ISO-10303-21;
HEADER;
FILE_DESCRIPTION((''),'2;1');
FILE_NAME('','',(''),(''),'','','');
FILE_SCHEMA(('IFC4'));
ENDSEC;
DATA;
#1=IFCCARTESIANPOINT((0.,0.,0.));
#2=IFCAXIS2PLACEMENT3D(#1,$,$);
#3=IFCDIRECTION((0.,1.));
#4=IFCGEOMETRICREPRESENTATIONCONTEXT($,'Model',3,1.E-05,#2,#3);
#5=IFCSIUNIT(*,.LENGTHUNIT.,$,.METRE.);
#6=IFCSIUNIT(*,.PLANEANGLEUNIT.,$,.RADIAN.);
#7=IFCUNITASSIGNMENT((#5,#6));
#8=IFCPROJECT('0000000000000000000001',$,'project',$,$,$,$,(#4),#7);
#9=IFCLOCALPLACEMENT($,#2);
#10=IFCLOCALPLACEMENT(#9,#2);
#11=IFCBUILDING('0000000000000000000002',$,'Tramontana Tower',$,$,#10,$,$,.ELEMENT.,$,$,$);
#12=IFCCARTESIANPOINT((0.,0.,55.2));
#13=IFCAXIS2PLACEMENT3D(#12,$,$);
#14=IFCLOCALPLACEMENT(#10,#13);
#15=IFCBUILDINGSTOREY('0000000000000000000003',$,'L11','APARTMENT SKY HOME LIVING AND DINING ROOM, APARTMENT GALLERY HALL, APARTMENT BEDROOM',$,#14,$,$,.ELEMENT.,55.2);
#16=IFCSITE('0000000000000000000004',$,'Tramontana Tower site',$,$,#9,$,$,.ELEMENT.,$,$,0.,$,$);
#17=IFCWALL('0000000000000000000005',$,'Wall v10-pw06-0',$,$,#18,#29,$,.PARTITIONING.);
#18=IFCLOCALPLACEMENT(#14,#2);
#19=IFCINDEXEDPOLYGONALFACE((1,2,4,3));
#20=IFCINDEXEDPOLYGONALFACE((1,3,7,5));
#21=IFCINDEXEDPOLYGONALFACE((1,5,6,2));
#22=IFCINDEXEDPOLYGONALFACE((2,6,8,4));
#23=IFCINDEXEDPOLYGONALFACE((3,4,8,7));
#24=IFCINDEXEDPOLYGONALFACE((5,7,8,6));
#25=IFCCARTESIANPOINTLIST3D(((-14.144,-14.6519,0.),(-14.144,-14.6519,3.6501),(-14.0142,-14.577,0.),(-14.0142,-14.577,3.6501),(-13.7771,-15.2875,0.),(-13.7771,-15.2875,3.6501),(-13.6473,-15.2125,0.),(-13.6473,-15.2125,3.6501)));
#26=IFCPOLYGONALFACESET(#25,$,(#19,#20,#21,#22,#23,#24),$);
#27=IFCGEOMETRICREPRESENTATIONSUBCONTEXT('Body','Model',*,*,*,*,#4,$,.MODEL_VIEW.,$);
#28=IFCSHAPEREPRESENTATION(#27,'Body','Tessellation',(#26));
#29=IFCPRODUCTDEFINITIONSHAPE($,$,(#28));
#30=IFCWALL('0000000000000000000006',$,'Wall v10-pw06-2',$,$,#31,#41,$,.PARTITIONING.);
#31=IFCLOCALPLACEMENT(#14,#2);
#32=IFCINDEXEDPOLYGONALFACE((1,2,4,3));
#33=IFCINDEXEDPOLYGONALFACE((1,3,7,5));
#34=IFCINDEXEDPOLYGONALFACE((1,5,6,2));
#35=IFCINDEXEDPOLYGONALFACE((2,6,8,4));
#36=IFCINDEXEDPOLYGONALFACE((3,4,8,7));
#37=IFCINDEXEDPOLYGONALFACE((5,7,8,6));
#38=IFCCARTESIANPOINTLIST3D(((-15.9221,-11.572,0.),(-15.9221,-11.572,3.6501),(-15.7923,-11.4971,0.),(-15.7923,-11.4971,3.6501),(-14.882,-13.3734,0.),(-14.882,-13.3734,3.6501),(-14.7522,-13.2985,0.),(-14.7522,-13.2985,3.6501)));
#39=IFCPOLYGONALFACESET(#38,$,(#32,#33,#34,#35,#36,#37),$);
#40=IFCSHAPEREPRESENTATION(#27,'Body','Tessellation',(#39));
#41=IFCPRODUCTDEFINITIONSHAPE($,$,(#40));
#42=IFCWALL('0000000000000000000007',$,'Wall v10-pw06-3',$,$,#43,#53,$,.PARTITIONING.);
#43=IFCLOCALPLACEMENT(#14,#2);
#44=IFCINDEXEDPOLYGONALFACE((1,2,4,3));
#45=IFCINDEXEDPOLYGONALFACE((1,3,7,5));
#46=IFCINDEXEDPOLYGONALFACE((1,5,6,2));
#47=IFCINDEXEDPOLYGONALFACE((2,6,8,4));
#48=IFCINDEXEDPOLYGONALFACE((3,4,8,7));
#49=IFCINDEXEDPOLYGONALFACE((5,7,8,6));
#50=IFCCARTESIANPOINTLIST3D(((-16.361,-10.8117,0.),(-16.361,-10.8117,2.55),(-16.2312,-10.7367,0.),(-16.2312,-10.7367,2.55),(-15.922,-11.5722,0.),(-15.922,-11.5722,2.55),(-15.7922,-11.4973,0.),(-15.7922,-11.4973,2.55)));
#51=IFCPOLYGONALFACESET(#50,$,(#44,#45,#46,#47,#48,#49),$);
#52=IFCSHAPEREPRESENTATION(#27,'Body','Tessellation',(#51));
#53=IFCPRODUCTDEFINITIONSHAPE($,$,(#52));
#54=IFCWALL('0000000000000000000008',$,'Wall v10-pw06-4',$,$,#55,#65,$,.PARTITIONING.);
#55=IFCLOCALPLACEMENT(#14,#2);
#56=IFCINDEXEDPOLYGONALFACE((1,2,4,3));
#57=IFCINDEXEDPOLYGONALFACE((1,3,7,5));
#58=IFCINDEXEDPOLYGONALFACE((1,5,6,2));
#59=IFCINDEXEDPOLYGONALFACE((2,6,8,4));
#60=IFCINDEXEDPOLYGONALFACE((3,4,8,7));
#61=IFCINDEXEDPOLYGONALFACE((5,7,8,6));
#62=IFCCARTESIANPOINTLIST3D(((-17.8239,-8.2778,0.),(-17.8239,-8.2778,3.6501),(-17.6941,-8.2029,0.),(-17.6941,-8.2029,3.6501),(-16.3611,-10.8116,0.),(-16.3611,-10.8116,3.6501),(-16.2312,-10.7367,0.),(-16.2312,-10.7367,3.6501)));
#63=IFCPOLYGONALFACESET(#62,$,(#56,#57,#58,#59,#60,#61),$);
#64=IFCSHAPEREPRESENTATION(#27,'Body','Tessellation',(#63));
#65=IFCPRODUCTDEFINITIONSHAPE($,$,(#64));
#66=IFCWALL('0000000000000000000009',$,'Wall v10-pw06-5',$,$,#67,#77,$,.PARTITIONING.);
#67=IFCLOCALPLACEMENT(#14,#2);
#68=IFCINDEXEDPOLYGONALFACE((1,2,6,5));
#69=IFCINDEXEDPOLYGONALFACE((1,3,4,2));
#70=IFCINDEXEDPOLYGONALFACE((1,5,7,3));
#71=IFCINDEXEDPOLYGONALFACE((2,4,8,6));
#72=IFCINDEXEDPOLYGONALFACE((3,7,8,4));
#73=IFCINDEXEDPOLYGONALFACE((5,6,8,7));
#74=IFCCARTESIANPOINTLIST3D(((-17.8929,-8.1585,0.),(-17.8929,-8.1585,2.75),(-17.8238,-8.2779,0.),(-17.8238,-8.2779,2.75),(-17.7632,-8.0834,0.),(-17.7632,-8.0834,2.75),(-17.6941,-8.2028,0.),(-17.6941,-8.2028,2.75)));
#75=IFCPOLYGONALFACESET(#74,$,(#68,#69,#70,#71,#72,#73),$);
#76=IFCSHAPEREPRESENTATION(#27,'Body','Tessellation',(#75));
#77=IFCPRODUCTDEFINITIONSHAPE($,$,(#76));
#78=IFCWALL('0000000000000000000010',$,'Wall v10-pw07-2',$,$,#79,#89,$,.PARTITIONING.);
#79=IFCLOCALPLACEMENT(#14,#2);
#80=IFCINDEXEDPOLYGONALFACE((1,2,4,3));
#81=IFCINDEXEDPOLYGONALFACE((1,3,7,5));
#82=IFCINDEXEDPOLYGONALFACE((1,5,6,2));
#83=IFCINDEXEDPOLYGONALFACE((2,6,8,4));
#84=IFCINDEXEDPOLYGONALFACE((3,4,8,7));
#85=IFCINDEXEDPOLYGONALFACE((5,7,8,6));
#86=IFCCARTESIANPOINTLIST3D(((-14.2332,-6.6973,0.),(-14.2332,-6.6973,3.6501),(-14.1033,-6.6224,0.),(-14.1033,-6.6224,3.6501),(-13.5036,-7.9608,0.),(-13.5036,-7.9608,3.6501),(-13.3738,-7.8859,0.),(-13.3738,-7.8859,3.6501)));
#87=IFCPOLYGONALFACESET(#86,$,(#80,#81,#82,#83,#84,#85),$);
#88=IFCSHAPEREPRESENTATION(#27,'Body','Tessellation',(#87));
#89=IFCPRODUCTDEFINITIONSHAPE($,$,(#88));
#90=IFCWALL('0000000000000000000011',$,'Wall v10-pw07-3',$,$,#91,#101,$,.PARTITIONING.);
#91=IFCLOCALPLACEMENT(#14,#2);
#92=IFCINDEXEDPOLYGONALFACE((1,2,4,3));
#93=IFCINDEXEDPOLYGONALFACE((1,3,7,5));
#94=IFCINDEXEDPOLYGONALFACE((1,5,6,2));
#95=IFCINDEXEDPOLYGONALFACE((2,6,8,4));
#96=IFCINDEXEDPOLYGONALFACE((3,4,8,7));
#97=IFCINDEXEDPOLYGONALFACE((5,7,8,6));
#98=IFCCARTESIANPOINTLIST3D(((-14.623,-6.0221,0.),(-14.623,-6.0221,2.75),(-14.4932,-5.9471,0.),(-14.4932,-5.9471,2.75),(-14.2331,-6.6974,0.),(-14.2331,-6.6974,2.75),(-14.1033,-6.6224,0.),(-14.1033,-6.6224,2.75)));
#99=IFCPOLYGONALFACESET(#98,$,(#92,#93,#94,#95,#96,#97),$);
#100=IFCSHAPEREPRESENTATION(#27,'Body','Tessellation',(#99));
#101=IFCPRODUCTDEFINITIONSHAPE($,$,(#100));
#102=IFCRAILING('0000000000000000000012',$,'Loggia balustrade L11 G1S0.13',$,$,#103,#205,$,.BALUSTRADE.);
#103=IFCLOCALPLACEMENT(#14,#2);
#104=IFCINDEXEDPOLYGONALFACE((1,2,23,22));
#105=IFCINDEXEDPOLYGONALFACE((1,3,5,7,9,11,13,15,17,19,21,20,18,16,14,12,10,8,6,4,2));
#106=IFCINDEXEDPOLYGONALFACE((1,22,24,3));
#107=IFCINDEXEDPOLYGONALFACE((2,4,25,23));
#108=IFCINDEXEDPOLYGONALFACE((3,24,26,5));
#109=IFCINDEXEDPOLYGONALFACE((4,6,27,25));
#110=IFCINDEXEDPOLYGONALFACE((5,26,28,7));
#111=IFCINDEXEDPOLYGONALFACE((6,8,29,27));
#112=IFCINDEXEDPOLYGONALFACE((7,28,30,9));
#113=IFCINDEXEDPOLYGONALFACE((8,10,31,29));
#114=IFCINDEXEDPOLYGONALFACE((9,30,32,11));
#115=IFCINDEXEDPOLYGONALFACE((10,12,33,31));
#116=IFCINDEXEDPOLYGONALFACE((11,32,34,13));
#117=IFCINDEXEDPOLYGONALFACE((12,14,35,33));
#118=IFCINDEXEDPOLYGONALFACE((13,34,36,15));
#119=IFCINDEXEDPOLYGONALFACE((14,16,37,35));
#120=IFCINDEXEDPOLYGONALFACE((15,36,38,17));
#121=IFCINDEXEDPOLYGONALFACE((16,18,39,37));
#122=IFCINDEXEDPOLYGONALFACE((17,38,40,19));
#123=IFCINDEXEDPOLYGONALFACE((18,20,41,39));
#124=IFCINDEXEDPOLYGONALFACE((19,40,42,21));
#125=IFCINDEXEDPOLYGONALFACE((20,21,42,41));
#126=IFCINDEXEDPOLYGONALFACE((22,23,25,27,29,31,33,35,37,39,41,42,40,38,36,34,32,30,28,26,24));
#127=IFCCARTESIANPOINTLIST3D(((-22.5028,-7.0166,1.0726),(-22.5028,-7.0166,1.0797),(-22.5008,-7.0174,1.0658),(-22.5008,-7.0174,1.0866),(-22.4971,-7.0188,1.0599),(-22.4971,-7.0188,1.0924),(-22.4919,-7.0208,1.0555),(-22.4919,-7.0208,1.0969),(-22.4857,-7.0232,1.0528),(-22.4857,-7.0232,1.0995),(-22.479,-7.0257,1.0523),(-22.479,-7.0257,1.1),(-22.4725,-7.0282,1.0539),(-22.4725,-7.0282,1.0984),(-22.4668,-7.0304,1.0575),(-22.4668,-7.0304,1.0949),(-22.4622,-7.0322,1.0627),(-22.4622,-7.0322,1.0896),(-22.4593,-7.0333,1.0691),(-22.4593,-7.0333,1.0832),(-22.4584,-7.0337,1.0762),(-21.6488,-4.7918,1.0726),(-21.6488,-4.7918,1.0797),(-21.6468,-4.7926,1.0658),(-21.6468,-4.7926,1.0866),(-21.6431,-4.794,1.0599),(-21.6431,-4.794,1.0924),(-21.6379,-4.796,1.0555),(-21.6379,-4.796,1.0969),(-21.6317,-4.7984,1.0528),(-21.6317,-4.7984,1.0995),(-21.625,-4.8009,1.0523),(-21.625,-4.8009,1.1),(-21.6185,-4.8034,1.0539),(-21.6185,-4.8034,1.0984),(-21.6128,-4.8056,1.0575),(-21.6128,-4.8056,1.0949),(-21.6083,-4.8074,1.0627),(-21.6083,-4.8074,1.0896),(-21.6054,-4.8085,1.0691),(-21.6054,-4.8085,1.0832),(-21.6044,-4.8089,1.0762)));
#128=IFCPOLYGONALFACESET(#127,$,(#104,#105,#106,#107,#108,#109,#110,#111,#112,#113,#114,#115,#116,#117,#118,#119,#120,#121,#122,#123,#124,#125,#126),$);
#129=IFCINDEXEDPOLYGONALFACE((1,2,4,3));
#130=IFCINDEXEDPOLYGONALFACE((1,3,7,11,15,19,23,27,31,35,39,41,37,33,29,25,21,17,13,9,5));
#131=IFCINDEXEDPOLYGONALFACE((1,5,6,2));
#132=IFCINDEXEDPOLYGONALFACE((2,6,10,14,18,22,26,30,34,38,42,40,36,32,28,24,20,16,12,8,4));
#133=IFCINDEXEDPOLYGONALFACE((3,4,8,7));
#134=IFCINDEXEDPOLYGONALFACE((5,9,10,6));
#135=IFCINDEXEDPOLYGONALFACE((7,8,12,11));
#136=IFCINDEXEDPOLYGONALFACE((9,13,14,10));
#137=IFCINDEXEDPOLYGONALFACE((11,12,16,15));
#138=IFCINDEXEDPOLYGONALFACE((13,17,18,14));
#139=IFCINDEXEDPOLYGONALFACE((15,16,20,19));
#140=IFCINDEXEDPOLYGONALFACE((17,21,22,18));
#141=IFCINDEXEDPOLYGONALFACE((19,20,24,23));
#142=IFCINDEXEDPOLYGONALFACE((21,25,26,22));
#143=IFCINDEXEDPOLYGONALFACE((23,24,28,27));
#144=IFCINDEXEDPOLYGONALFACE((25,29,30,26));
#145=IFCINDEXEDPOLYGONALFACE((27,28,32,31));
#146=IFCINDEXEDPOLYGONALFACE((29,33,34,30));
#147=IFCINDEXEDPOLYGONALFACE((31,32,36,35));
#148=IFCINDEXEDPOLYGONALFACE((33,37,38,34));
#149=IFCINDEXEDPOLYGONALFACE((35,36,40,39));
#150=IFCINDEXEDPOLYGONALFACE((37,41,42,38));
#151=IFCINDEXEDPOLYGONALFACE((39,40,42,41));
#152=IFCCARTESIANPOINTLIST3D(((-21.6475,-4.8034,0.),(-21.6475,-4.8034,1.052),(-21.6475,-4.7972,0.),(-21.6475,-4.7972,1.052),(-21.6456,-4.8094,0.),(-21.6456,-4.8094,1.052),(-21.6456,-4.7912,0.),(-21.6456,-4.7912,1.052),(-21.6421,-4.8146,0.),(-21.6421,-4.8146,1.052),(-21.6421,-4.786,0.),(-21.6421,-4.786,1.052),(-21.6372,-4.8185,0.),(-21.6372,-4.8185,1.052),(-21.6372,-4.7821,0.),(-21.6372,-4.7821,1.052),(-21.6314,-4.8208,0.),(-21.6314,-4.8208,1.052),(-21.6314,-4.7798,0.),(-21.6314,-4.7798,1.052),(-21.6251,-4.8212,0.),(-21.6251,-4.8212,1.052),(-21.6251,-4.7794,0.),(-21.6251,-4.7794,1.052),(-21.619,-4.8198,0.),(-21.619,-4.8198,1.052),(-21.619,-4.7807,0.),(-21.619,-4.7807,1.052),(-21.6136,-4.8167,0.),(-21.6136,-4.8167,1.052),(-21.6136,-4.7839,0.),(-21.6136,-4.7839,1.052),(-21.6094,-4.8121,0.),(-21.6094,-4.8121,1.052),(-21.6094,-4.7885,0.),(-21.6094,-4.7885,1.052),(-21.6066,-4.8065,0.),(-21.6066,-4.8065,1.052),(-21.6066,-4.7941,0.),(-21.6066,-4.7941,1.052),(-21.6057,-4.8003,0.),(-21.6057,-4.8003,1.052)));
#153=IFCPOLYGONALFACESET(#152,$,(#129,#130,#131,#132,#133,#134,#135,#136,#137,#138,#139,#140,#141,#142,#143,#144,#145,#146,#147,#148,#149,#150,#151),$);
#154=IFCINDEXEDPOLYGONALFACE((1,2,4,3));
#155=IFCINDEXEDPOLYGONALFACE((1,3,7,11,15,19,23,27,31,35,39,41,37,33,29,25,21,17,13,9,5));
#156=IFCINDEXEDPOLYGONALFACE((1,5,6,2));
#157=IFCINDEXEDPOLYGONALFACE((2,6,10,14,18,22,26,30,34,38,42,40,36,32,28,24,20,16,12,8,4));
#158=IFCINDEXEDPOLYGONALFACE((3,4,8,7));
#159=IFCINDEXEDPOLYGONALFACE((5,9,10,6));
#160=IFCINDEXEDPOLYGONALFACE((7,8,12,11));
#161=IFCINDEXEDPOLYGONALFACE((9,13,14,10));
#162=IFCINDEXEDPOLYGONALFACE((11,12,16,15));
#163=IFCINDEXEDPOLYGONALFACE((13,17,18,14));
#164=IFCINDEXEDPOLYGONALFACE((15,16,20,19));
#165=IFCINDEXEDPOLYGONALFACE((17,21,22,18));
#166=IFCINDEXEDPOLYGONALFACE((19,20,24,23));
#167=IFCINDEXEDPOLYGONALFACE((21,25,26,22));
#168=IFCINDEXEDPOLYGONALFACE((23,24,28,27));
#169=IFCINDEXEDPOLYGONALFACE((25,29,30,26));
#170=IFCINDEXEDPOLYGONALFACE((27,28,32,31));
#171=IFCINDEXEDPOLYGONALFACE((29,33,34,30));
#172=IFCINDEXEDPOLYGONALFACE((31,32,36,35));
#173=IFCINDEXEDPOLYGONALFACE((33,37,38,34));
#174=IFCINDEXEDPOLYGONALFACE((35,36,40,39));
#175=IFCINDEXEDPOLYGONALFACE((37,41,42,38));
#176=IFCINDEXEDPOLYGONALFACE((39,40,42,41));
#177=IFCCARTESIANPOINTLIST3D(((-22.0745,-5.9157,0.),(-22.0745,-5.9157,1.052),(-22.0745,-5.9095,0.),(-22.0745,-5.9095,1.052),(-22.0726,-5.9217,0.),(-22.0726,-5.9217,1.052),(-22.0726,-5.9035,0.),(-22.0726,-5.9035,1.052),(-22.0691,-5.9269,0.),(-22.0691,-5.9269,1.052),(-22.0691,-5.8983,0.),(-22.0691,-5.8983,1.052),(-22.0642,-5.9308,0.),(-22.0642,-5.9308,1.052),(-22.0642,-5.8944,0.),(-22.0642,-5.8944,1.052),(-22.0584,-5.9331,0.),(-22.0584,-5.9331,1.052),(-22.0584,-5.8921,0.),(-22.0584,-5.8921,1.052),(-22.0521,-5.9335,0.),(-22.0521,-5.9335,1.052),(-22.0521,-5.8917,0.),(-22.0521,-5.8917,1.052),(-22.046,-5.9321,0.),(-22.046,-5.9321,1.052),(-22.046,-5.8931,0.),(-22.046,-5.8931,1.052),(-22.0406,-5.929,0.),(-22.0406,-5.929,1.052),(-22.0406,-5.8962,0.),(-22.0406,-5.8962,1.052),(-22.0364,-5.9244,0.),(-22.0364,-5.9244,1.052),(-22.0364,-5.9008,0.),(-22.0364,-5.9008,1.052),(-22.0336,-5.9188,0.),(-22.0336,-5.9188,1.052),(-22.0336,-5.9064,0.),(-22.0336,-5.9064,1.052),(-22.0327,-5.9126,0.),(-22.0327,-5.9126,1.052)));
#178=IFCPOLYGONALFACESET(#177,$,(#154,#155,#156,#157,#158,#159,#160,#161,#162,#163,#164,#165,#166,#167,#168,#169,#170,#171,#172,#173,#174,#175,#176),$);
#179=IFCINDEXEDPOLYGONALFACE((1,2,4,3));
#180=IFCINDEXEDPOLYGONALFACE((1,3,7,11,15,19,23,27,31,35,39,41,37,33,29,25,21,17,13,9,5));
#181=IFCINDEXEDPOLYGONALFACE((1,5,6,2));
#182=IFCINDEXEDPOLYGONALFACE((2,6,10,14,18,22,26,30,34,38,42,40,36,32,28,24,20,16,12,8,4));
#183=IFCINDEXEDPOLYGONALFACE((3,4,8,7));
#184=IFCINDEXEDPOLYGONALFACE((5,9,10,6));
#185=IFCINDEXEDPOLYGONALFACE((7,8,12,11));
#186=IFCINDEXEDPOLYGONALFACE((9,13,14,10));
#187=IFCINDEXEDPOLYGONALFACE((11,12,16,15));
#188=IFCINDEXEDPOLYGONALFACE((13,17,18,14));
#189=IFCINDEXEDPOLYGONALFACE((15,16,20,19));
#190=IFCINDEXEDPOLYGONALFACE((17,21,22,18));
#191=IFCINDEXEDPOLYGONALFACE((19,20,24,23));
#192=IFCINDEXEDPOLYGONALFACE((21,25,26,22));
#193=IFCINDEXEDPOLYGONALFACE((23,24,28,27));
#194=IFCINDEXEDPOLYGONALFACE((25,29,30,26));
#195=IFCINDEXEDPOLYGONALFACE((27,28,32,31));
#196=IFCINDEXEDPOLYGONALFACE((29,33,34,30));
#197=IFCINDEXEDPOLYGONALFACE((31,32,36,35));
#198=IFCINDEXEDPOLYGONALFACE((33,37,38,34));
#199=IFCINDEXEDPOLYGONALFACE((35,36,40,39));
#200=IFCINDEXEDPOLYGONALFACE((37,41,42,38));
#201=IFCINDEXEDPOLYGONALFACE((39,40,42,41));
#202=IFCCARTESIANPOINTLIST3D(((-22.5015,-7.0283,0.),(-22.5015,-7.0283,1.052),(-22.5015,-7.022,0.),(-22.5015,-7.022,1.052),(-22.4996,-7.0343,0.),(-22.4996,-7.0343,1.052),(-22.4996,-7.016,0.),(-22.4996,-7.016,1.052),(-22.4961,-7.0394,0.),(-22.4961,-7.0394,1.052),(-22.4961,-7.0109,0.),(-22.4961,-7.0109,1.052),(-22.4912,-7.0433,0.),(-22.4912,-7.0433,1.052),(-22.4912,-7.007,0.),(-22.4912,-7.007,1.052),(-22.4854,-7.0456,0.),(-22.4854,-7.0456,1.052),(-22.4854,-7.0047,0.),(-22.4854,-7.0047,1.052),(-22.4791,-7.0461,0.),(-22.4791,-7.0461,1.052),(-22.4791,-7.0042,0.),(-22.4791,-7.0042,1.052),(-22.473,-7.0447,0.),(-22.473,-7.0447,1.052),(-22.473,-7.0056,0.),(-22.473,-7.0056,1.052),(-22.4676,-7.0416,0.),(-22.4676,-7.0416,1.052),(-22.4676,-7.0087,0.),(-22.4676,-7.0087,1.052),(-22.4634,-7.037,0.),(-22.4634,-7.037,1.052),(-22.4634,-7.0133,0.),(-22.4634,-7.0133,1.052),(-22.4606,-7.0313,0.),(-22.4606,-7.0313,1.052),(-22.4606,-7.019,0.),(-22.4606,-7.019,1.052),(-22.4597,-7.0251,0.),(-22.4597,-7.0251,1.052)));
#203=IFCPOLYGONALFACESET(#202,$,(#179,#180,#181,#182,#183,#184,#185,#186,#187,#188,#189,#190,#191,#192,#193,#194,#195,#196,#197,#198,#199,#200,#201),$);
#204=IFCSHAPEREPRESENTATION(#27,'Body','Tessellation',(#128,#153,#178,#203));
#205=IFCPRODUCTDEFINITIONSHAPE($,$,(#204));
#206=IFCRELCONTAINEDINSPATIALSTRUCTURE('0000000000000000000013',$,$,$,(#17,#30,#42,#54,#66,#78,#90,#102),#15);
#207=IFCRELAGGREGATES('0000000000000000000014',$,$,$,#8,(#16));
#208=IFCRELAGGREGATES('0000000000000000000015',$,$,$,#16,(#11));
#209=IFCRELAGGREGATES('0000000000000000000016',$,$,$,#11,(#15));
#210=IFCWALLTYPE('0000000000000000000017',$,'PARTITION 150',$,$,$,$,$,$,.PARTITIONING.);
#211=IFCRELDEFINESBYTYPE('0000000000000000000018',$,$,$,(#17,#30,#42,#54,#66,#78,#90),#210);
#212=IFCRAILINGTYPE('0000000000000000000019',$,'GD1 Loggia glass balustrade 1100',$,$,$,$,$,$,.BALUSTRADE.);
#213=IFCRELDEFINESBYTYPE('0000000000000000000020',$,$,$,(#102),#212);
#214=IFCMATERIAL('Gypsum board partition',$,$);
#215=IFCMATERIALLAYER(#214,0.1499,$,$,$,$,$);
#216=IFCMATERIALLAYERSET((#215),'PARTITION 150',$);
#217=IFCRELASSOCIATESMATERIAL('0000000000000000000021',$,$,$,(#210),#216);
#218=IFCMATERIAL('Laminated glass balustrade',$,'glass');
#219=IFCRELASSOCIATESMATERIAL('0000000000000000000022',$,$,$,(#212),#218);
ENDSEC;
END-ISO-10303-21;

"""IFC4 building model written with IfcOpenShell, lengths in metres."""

from ifc_helpers import new_model, si_unit, direction, frame, frame_2d, origin, origin_2d, place, context, subcontext, project, spatial, rectangle, circle, extrude, material, layer, layer_set, type_object, element, save


model = new_model("IFC4")

# Units and contexts
model_context = context("Model", 3, precision=1e-05, world=origin(), true_north=direction((0.0, 1.0)))
body_context = subcontext(model_context, "Body", "Model", "MODEL_VIEW")
ifc_project = project(units=[si_unit("LENGTHUNIT", "METRE"), si_unit("PLANEANGLEUNIT", "RADIAN")], contexts=[model_context])

# Site, building, storey
site_placement = place(None, origin())
site = spatial("IfcSite", under=ifc_project, at=site_placement, Name="Tramontana Tower site", CompositionType="ELEMENT", RefElevation=0.0)
building_placement = place(site_placement, origin())
building = spatial("IfcBuilding", under=site, at=building_placement, Name="Tramontana Tower", CompositionType="ELEMENT")
storey_placement = place(building_placement, frame((0.0, 0.0, 55.2)))
storey = spatial("IfcBuildingStorey", under=building, at=storey_placement, Name="L11", Description="APARTMENT SKY HOME LIVING AND DINING ROOM, APARTMENT GALLERY HALL, APARTMENT BEDROOM", CompositionType="ELEMENT", Elevation=55.2)

# Wall
ifc_material_1 = material(Name="Gypsum board partition")
ifc_layer_1 = layer(ifc_material_1, 0.1499)
ifc_layer_set_1 = layer_set([ifc_layer_1], Name="PARTITION 150")
wall_type_1 = type_object("IfcWallType", Name="PARTITION 150", PredefinedType="PARTITIONING", material=ifc_layer_set_1)
wall_1_placement = place(storey_placement, frame((-13.7122, -15.25, 0.0), z_axis=(0.0, 0.0, 1.0), x_axis=(-0.500039, 0.866003, 0.0)))
element("IfcWall", 1, at=wall_1_placement, inside=storey, type_object=wall_type_1, Name="Wall v10-pw06-0", PredefinedType="PARTITIONING", context=body_context, shape_type="SweptSolid", body=[
    extrude(rectangle(XDim=0.7339, YDim=0.1499, at=frame_2d((0.3669, 0.0))), origin(), (0.0, 0.0, 1.0), 3.6501),
])

# Walls
wall_2_placement = place(storey_placement, frame((-14.8171, -13.3359, 0.0), z_axis=(0.0, 0.0, 1.0), x_axis=(-0.500027, 0.86601, 0.0)))
element("IfcWall", 2, at=wall_2_placement, inside=storey, type_object=wall_type_1, Name="Wall v10-pw06-2", PredefinedType="PARTITIONING", context=body_context, shape_type="SweptSolid", body=[
    extrude(rectangle(XDim=2.0801, YDim=0.1499, at=frame_2d((1.04, 0.0))), origin(), (0.0, 0.0, 1.0), 3.6501),
])
wall_3_placement = place(storey_placement, frame((-15.8572, -11.5347, 0.0), z_axis=(0.0, 0.0, 1.0), x_axis=(-0.499907, 0.866079, 0.0)))
element("IfcWall", 3, at=wall_3_placement, inside=storey, type_object=wall_type_1, Name="Wall v10-pw06-3", PredefinedType="PARTITIONING", context=body_context, shape_type="SweptSolid", body=[
    extrude(rectangle(XDim=0.8782, YDim=0.1499, at=frame_2d((0.439, 0.0))), origin(), (0.0, 0.0, 1.0), 2.55),
])
wall_4_placement = place(storey_placement, frame((-16.2961, -10.7742, 0.0), z_axis=(0.0, 0.0, 1.0), x_axis=(-0.49998, 0.866037, 0.0)))
element("IfcWall", 4, at=wall_4_placement, inside=storey, type_object=wall_type_1, Name="Wall v10-pw06-4", PredefinedType="PARTITIONING", context=body_context, shape_type="SweptSolid", body=[
    extrude(rectangle(XDim=2.9258, YDim=0.1499, at=frame_2d((1.4629, 0.0))), origin(), (0.0, 0.0, 1.0), 3.6501),
])
wall_5_placement = place(storey_placement, frame((-17.759, -8.2402, 0.0), z_axis=(0.0, 0.0, 1.0), x_axis=(-0.500897, 0.865507, 0.0)))
element("IfcWall", 5, at=wall_5_placement, inside=storey, type_object=wall_type_1, Name="Wall v10-pw06-5", PredefinedType="PARTITIONING", context=body_context, shape_type="SweptSolid", body=[
    extrude(rectangle(XDim=0.1379, YDim=0.1499, at=frame_2d((0.0688, 0.0))), origin(), (0.0, 0.0, 1.0), 2.75),
])
wall_6_placement = place(storey_placement, frame((-13.4387, -7.9233, 0.0), z_axis=(0.0, 0.0, 1.0), x_axis=(-0.500027, 0.86601, 0.0)))
element("IfcWall", 6, at=wall_6_placement, inside=storey, type_object=wall_type_1, Name="Wall v10-pw07-2", PredefinedType="PARTITIONING", context=body_context, shape_type="SweptSolid", body=[
    extrude(rectangle(XDim=1.459, YDim=0.1499, at=frame_2d((0.7295, 0.0))), origin(), (0.0, 0.0, 1.0), 3.6501),
])
wall_7_placement = place(storey_placement, frame((-14.1682, -6.6599, 0.0), z_axis=(0.0, 0.0, 1.0), x_axis=(-0.500012, 0.866019, 0.0)))
element("IfcWall", 7, at=wall_7_placement, inside=storey, type_object=wall_type_1, Name="Wall v10-pw07-3", PredefinedType="PARTITIONING", context=body_context, shape_type="SweptSolid", body=[
    extrude(rectangle(XDim=0.7798, YDim=0.1499, at=frame_2d((0.3899, 0.0))), origin(), (0.0, 0.0, 1.0), 2.75),
])

# Railing
ifc_material_2 = material(Name="Laminated glass balustrade", Category="glass")
railing_type = type_object("IfcRailingType", Name="GD1 Loggia glass balustrade 1100", PredefinedType="BALUSTRADE", material=ifc_material_2)
railing_1_placement = place(storey_placement, frame((-21.6267, -4.8003, 0.0)))
element("IfcRailing", 8, at=railing_1_placement, inside=storey, type_object=railing_type, Name="Loggia balustrade L11 G1S0.13", PredefinedType="BALUSTRADE", context=body_context, shape_type="SweptSolid", body=[
    extrude(circle(Radius=0.0239, at=origin_2d()), frame((0.0, 0.0, 1.0762), z_axis=(-0.358354, -0.933586, 0.0), x_axis=(0.933586, -0.358354, 0.0)), (0.0, 0.0, 1.0), 2.3831),
    extrude(circle(Radius=0.021, at=origin_2d()), origin(), (0.0, 0.0, 1.0), 1.052),
    extrude(circle(Radius=0.021, at=origin_2d()), frame((-0.427, -1.1123, 0.0)), (0.0, 0.0, 1.0), 1.052),
    extrude(circle(Radius=0.021, at=origin_2d()), frame((-0.854, -2.2249, 0.0)), (0.0, 0.0, 1.0), 1.052),
])

save(model, "model.ifc")
